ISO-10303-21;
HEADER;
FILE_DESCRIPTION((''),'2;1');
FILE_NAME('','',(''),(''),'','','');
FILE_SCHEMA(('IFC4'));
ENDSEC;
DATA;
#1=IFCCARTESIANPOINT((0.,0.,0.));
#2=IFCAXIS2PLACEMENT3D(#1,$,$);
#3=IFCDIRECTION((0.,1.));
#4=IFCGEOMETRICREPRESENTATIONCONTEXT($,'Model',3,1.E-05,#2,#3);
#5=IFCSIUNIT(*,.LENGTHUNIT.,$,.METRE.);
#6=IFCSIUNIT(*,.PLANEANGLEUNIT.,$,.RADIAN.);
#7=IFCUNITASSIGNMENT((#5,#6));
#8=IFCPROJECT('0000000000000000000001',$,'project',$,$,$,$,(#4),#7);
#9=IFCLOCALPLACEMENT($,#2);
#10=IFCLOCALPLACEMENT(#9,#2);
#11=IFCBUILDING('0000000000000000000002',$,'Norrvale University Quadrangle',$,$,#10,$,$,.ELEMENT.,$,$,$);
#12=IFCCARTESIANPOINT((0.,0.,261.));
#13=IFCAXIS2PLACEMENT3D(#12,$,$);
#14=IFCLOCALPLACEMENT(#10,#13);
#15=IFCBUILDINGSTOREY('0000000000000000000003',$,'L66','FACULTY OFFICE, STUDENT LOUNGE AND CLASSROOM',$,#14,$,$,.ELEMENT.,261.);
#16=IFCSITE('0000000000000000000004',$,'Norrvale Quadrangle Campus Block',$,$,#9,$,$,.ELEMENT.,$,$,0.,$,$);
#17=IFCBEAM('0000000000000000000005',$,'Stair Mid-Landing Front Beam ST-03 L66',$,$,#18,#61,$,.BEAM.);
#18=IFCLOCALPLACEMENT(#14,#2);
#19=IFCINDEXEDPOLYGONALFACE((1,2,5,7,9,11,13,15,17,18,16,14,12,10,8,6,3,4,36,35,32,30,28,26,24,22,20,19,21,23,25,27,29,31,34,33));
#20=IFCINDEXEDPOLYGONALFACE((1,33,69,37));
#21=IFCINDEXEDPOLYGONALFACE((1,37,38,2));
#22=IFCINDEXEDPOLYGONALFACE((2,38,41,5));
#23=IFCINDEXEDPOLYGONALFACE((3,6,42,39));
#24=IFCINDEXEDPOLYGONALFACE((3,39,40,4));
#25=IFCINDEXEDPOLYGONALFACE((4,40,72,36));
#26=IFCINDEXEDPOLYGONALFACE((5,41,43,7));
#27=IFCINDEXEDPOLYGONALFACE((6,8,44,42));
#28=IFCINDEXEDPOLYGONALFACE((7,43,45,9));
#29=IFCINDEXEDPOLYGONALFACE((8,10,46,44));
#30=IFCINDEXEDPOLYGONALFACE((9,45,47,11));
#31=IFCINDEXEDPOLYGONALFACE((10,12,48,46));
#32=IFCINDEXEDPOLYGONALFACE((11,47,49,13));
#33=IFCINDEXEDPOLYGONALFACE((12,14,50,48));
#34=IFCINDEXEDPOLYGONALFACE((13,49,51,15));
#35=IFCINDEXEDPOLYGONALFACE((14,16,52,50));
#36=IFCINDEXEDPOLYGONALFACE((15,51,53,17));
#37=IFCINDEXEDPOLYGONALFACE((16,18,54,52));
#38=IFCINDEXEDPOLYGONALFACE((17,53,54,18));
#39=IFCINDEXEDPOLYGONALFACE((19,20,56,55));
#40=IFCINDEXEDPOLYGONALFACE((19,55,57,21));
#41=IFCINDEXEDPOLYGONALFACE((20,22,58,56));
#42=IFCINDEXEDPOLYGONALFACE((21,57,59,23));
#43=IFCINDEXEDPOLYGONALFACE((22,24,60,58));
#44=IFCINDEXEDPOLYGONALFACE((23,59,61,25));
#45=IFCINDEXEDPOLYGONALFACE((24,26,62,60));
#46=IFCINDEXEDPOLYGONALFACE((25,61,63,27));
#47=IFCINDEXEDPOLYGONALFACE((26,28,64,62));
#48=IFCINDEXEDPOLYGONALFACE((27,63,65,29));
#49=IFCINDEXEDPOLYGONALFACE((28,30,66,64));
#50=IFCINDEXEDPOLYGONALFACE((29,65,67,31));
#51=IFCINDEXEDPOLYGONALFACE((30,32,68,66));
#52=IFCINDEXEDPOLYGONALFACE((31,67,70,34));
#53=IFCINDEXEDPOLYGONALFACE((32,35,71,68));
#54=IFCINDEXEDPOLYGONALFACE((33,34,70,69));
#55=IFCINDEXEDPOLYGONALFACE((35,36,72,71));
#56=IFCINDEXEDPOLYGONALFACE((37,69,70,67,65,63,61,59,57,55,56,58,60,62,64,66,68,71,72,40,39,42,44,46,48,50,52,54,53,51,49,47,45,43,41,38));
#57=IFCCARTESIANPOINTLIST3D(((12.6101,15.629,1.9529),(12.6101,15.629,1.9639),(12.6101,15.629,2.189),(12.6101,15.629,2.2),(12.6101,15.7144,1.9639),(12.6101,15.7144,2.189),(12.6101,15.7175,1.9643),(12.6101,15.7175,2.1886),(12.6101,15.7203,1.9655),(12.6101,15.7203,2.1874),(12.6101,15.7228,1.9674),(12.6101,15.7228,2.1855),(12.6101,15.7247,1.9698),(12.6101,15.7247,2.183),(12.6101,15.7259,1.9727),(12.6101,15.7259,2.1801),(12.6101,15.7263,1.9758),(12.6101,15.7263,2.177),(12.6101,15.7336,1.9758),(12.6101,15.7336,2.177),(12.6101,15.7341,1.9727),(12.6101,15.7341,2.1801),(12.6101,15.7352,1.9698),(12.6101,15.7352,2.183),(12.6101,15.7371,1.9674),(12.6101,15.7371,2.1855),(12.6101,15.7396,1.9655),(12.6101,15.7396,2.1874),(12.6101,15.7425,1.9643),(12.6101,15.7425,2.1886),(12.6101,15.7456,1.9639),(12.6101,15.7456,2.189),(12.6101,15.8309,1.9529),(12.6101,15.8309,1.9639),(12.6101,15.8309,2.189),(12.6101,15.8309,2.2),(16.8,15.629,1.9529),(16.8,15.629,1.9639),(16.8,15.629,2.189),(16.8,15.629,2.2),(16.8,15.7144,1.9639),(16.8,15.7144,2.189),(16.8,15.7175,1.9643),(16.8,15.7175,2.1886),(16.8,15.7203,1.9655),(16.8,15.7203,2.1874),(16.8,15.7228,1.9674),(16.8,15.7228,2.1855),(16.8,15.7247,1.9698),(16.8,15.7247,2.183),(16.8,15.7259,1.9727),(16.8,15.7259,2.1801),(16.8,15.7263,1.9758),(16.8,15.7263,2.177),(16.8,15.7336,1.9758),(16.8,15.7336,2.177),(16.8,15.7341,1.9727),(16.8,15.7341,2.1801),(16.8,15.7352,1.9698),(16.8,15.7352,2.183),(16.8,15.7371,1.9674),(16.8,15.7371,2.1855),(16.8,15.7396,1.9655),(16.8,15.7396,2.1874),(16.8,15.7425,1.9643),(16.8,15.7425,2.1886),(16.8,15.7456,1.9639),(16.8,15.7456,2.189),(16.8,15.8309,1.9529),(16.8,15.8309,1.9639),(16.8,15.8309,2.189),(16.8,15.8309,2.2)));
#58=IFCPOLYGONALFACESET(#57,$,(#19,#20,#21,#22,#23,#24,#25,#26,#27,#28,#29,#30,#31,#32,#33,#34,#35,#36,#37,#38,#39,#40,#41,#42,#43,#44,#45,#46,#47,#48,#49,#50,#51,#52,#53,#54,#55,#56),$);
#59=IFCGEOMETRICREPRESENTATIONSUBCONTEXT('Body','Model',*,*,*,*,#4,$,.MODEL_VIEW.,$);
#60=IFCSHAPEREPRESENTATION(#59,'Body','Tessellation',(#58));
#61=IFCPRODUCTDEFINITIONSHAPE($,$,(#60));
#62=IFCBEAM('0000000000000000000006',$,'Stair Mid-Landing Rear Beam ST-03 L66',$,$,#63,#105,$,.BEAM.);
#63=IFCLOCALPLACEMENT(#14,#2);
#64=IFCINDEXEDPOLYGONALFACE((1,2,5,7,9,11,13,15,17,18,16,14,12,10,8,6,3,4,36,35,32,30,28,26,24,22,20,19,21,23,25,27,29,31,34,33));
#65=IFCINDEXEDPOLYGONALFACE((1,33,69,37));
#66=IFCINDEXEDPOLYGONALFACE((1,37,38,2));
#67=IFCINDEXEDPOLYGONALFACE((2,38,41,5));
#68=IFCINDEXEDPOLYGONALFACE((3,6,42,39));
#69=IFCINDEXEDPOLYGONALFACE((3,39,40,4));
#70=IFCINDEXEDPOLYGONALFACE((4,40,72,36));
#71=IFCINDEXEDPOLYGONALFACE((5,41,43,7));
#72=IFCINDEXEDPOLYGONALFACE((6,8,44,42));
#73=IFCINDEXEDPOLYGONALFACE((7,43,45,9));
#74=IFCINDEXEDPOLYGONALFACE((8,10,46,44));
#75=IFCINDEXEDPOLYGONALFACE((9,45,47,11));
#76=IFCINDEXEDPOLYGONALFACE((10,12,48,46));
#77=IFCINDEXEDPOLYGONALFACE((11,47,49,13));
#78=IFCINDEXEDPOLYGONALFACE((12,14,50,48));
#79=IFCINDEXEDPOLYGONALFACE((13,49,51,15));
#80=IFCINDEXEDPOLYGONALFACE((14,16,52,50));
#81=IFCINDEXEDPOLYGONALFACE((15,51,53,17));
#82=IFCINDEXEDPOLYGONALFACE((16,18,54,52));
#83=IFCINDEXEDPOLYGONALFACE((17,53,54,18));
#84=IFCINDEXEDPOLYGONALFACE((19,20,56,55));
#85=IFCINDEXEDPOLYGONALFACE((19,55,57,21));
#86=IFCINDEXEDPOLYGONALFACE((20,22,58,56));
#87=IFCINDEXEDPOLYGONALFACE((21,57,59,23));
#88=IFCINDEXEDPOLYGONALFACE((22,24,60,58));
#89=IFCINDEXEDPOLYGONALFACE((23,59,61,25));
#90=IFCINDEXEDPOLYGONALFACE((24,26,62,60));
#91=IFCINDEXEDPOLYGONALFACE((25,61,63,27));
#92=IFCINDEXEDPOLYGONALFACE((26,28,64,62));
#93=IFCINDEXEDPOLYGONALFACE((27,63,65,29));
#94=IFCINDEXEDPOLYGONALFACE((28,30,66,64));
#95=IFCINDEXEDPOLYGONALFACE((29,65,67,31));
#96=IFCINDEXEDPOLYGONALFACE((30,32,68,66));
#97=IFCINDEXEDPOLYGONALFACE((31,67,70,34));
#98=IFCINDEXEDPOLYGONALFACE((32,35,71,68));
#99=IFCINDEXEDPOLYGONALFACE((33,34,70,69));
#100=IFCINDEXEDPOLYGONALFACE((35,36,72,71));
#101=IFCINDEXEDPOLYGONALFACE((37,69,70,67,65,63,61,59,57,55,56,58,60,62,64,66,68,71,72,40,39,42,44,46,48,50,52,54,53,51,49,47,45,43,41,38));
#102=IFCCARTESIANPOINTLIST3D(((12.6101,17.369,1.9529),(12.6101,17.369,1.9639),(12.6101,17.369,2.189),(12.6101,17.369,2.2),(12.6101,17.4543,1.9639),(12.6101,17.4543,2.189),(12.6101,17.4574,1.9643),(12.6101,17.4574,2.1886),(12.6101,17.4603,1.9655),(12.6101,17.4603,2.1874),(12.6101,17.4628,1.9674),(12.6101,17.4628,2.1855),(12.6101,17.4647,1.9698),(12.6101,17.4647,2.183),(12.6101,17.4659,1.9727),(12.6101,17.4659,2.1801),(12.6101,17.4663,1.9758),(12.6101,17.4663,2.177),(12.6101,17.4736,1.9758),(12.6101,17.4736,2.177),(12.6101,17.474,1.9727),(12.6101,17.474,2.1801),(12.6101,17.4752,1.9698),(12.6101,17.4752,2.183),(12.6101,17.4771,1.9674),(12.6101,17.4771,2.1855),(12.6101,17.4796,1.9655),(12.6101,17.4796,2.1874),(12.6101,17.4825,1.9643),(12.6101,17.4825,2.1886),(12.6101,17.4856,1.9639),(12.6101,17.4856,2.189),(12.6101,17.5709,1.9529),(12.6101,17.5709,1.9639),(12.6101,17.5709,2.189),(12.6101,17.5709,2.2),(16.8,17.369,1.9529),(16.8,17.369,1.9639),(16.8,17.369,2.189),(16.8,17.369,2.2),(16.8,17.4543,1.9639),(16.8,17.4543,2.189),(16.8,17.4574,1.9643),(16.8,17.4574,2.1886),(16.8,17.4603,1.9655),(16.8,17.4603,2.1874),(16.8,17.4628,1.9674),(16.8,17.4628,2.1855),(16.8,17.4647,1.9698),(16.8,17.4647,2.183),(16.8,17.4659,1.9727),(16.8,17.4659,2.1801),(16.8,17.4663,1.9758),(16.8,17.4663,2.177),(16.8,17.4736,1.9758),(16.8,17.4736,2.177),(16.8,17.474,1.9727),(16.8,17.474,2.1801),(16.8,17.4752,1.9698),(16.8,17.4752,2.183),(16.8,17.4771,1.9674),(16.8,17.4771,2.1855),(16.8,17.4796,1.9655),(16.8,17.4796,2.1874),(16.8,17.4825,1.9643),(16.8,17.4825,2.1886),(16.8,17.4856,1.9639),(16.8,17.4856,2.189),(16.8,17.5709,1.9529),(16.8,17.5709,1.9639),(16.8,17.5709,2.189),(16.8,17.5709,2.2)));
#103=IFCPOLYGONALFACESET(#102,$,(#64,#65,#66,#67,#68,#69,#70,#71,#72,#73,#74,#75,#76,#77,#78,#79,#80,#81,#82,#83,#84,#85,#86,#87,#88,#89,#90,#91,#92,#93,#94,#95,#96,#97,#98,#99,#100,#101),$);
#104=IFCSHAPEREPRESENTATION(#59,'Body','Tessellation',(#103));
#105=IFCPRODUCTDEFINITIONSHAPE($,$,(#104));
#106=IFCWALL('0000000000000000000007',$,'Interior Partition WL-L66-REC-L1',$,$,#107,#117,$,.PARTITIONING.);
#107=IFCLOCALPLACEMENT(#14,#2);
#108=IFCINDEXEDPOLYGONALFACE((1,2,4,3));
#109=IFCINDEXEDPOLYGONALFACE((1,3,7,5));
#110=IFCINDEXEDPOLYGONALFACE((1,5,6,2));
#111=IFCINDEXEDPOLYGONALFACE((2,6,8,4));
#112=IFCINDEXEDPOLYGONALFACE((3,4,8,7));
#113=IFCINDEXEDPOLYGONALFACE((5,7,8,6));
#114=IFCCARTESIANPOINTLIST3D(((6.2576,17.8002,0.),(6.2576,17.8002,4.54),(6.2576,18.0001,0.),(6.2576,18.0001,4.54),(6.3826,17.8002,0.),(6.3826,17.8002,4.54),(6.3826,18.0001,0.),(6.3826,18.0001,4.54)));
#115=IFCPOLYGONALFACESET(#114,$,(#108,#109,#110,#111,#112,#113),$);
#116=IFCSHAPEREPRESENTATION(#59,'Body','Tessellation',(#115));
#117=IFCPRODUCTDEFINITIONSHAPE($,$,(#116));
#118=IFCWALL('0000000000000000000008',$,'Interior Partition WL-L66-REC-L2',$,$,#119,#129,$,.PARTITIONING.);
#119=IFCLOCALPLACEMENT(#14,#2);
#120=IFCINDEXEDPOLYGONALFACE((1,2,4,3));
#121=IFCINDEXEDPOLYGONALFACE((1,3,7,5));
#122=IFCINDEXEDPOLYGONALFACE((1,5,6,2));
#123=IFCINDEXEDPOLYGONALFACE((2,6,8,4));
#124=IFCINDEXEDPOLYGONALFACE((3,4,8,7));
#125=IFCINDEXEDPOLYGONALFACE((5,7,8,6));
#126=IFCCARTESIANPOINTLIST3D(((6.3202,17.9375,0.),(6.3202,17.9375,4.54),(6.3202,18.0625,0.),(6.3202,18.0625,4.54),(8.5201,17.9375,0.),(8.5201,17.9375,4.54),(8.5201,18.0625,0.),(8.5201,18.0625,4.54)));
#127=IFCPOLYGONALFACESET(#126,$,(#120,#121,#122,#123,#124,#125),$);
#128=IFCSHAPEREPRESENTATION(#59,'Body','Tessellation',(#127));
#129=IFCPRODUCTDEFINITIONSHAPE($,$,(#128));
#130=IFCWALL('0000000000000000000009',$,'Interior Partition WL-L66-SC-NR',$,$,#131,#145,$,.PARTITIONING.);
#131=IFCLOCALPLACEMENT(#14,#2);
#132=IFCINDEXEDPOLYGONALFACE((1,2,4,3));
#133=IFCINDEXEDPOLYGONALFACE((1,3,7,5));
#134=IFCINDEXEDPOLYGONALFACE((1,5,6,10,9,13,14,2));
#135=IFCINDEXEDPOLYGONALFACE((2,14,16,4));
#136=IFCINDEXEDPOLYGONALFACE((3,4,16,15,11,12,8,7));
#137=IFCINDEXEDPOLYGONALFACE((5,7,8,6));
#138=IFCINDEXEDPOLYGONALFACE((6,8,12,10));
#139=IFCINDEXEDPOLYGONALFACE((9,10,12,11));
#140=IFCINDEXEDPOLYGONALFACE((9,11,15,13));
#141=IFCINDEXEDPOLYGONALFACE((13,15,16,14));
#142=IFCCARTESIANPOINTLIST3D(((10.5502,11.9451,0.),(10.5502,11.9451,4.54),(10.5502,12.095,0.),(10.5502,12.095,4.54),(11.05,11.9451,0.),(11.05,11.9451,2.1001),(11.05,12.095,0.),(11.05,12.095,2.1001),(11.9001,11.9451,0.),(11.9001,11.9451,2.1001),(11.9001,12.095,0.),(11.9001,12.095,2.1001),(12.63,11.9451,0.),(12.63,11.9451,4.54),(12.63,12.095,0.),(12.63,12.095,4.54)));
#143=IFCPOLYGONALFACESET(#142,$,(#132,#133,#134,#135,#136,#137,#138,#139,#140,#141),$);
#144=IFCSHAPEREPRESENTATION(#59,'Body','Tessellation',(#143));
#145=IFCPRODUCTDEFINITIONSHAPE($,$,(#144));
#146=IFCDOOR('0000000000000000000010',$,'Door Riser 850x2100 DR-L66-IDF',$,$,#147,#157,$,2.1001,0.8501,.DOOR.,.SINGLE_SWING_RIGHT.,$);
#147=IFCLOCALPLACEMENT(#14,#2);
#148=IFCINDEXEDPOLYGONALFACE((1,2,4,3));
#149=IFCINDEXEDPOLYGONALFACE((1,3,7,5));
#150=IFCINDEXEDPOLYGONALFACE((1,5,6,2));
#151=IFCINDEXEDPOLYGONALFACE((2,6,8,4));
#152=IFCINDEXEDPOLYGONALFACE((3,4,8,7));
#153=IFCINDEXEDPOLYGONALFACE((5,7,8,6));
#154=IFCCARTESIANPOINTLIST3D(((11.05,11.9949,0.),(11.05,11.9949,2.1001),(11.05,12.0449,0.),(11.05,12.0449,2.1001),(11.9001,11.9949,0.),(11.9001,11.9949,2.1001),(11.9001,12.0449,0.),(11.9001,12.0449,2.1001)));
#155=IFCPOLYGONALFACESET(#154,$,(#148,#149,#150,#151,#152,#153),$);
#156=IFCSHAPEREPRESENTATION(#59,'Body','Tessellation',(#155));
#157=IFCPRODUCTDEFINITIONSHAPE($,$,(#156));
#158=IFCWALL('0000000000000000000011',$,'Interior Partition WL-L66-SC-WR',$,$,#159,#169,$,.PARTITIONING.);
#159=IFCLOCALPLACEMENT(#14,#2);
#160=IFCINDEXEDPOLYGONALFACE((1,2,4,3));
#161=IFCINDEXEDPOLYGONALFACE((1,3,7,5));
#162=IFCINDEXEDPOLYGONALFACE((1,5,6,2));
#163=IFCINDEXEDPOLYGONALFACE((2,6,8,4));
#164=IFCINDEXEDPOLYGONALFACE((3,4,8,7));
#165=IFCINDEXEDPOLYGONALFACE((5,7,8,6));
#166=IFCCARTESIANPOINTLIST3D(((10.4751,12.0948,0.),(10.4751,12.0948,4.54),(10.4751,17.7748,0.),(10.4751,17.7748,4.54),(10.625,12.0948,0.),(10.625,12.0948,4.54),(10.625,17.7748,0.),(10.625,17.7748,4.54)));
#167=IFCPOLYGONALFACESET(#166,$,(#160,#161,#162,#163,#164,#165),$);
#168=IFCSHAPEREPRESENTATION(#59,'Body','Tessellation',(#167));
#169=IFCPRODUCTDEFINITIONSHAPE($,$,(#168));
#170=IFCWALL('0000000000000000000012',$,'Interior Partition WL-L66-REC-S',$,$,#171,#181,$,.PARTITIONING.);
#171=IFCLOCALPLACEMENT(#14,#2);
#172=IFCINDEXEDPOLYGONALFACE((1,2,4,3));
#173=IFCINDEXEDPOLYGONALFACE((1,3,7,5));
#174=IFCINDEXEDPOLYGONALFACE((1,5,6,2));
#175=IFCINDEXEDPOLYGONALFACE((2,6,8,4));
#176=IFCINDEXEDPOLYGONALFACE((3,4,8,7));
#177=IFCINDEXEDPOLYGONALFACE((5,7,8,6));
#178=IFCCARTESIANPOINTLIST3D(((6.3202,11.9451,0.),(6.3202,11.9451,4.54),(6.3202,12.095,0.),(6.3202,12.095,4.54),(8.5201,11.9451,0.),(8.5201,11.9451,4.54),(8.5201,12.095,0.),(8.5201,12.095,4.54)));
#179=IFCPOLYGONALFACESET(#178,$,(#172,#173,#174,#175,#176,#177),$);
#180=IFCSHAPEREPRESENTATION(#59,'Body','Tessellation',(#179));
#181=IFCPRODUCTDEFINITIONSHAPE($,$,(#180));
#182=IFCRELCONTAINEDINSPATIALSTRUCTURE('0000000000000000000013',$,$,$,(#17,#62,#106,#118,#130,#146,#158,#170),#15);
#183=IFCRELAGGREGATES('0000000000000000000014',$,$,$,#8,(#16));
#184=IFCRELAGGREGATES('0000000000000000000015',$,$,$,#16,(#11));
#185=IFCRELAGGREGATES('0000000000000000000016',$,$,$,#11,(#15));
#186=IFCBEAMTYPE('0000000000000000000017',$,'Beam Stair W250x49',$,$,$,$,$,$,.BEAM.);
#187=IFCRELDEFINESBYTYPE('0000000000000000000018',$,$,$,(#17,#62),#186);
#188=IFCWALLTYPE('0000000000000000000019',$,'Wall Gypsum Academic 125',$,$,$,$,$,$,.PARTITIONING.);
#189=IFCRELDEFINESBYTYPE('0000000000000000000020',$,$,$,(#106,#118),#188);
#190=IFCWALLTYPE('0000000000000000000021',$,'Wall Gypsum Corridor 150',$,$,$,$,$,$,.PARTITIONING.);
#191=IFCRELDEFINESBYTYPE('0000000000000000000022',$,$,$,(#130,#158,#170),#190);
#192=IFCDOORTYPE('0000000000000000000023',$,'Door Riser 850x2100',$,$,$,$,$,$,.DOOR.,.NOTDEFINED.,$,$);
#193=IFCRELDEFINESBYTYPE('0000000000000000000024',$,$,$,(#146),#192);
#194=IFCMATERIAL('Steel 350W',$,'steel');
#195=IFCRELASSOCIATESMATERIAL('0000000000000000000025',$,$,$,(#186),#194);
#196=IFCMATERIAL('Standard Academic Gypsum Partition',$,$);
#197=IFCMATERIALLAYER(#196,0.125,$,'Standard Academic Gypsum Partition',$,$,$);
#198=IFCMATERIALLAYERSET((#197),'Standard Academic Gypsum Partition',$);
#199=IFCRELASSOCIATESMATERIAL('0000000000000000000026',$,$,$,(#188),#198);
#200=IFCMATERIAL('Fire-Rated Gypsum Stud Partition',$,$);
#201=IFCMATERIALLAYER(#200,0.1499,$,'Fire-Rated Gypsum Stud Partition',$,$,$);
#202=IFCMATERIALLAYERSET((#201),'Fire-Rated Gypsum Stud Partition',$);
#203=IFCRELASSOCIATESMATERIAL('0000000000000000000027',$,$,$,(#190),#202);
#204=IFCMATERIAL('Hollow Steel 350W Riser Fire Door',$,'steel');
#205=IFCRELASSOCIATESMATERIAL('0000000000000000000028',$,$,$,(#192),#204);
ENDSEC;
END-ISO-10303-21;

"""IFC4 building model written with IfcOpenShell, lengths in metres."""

from ifc_helpers import new_model, si_unit, direction, frame, frame_2d, origin, origin_2d, place, context, subcontext, project, spatial, rectangle, i_section, extrude, material, layer, layer_set, material_profile, profile_set, type_object, element, fill, save


model = new_model("IFC4")

# Units and contexts
model_context = context("Model", 3, precision=1e-05, world=origin(), true_north=direction((0.0, 1.0)))
body_context = subcontext(model_context, "Body", "Model", "MODEL_VIEW")
ifc_project = project(units=[si_unit("LENGTHUNIT", "METRE"), si_unit("PLANEANGLEUNIT", "RADIAN")], contexts=[model_context])

# Site, building, storey
site_placement = place(None, origin())
site = spatial("IfcSite", under=ifc_project, at=site_placement, Name="Norrvale Quadrangle Campus Block", CompositionType="ELEMENT", RefElevation=0.0)
building_placement = place(site_placement, origin())
building = spatial("IfcBuilding", under=site, at=building_placement, Name="Norrvale University Quadrangle", CompositionType="ELEMENT")
storey_placement = place(building_placement, frame((0.0, 0.0, 261.0)))
storey = spatial("IfcBuildingStorey", under=building, at=storey_placement, Name="L66", Description="FACULTY OFFICE, STUDENT LOUNGE AND CLASSROOM", CompositionType="ELEMENT", Elevation=261.0)

# Beams
ifc_material_1 = material(Name="Steel 350W", Category="steel")
ifc_material_profile = material_profile(ifc_material_1, i_section(OverallWidth=0.2019, OverallDepth=0.2471, WebThickness=0.0073, FlangeThickness=0.011, FilletRadius=0.012, at=origin_2d()), Name="Steel 350W")
ifc_profile_set = profile_set([ifc_material_profile], Name="Steel 350W")
beam_type = type_object("IfcBeamType", Name="Beam Stair W250x49", PredefinedType="BEAM", material=ifc_profile_set)
for number, where, z_axis, x_axis, name in (
    (1, (12.6101, 15.73, 2.0764), (1.0, 0.0, 0.0), (0.0, 1.0, 0.0), "Stair Mid-Landing Front Beam ST-03 L66"),
    (2, (12.6101, 17.47, 2.0764), (1.0, 0.0, 0.0), (0.0, 1.0, 0.0), "Stair Mid-Landing Rear Beam ST-03 L66"),
):
    element("IfcBeam", number, at=place(storey_placement, frame(where, z_axis=z_axis, x_axis=x_axis)), inside=storey, type_object=beam_type, Name=name, PredefinedType="BEAM", context=body_context, shape_type="SweptSolid", body=[
        extrude(i_section(OverallWidth=0.2019, OverallDepth=0.2471, WebThickness=0.0073, FlangeThickness=0.011, FilletRadius=0.012, at=origin_2d()), origin(), (0.0, 0.0, 1.0), 4.1899),
    ])

# Walls
ifc_material_2 = material(Name="Standard Academic Gypsum Partition")
ifc_layer_1 = layer(ifc_material_2, 0.125, Name="Standard Academic Gypsum Partition")
ifc_layer_set_1 = layer_set([ifc_layer_1], Name="Standard Academic Gypsum Partition")
wall_type_1 = type_object("IfcWallType", Name="Wall Gypsum Academic 125", PredefinedType="PARTITIONING", material=ifc_layer_set_1)
wall_1_placement = place(storey_placement, frame((6.3201, 17.8, 0.0), z_axis=(0.0, 0.0, 1.0), x_axis=(0.0, 1.0, 0.0)))
element("IfcWall", 3, at=wall_1_placement, inside=storey, type_object=wall_type_1, Name="Interior Partition WL-L66-REC-L1", PredefinedType="PARTITIONING", context=body_context, shape_type="SweptSolid", body=[
    extrude(rectangle(XDim=0.2, YDim=0.125, at=frame_2d((0.1001, 0.0))), origin(), (0.0, 0.0, 1.0), 4.54),
])
wall_2_placement = place(storey_placement, frame((6.3201, 18.0, 0.0), z_axis=(0.0, 0.0, 1.0), x_axis=(1.0, 0.0, 0.0)))
element("IfcWall", 4, at=wall_2_placement, inside=storey, type_object=wall_type_1, Name="Interior Partition WL-L66-REC-L2", PredefinedType="PARTITIONING", context=body_context, shape_type="SweptSolid", body=[
    extrude(rectangle(XDim=2.2, YDim=0.125, at=frame_2d((1.1001, 0.0))), origin(), (0.0, 0.0, 1.0), 4.54),
])

# Wall, opening, door
ifc_material_3 = material(Name="Fire-Rated Gypsum Stud Partition")
ifc_layer_2 = layer(ifc_material_3, 0.1499, Name="Fire-Rated Gypsum Stud Partition")
ifc_layer_set_2 = layer_set([ifc_layer_2], Name="Fire-Rated Gypsum Stud Partition")
wall_type_2 = type_object("IfcWallType", Name="Wall Gypsum Corridor 150", PredefinedType="PARTITIONING", material=ifc_layer_set_2)
wall_3_placement = place(storey_placement, frame((10.55, 12.02, 0.0), z_axis=(0.0, 0.0, 1.0), x_axis=(1.0, 0.0, 0.0)))
wall_3 = element("IfcWall", 5, at=wall_3_placement, inside=storey, type_object=wall_type_2, Name="Interior Partition WL-L66-SC-NR", PredefinedType="PARTITIONING", context=body_context, shape_type="SweptSolid", body=[
    extrude(rectangle(XDim=2.0798, YDim=0.1499, at=frame_2d((1.04, 0.0))), origin(), (0.0, 0.0, 1.0), 4.54),
])
opening_1_placement = place(wall_3_placement, frame((0.5, 0.0, 0.0)))
opening_1 = element("IfcOpeningElement", 6, at=opening_1_placement, cuts=wall_3, PredefinedType="OPENING", context=body_context, shape_type="SweptSolid", body=[
    extrude(rectangle(XDim=0.8501, YDim=2.1001, at=frame_2d((0.425, 1.05))), frame((0.0, 0.0869, 0.0), z_axis=(0.0, -1.0, 0.0), x_axis=(1.0, 0.0, 0.0)), (0.0, 0.0, 1.0), 0.1738),
])
ifc_material_4 = material(Name="Hollow Steel 350W Riser Fire Door", Category="steel")
door_type_1 = type_object("IfcDoorType", Name="Door Riser 850x2100", OperationType="NOTDEFINED", PredefinedType="DOOR", material=ifc_material_4)
door_1_placement = place(opening_1_placement, origin())
door_1 = element("IfcDoor", 7, at=door_1_placement, inside=storey, type_object=door_type_1, Name="Door Riser 850x2100 DR-L66-IDF", OperationType="SINGLE_SWING_RIGHT", OverallHeight=2.1001, OverallWidth=0.8501, PredefinedType="DOOR", context=body_context, shape_type="SweptSolid", body=[
    extrude(rectangle(XDim=0.8501, YDim=2.1001, at=frame_2d((0.425, 1.05))), frame((0.0, 0.0249, 0.0), z_axis=(0.0, -1.0, 0.0), x_axis=(1.0, 0.0, 0.0)), (0.0, 0.0, 1.0), 0.05),
])
fill(opening_1, door_1)

# Walls
wall_4_placement = place(storey_placement, frame((10.55, 12.095, 0.0), z_axis=(0.0, 0.0, 1.0), x_axis=(0.0, 1.0, 0.0)))
element("IfcWall", 8, at=wall_4_placement, inside=storey, type_object=wall_type_2, Name="Interior Partition WL-L66-SC-WR", PredefinedType="PARTITIONING", context=body_context, shape_type="SweptSolid", body=[
    extrude(rectangle(XDim=5.6799, YDim=0.1499, at=frame_2d((2.8398, 0.0))), origin(), (0.0, 0.0, 1.0), 4.54),
])
wall_5_placement = place(storey_placement, frame((6.3201, 12.02, 0.0), z_axis=(0.0, 0.0, 1.0), x_axis=(1.0, 0.0, 0.0)))
element("IfcWall", 9, at=wall_5_placement, inside=storey, type_object=wall_type_2, Name="Interior Partition WL-L66-REC-S", PredefinedType="PARTITIONING", context=body_context, shape_type="SweptSolid", body=[
    extrude(rectangle(XDim=2.2, YDim=0.1499, at=frame_2d((1.1001, 0.0))), origin(), (0.0, 0.0, 1.0), 4.54),
])

save(model, "model.ifc")
